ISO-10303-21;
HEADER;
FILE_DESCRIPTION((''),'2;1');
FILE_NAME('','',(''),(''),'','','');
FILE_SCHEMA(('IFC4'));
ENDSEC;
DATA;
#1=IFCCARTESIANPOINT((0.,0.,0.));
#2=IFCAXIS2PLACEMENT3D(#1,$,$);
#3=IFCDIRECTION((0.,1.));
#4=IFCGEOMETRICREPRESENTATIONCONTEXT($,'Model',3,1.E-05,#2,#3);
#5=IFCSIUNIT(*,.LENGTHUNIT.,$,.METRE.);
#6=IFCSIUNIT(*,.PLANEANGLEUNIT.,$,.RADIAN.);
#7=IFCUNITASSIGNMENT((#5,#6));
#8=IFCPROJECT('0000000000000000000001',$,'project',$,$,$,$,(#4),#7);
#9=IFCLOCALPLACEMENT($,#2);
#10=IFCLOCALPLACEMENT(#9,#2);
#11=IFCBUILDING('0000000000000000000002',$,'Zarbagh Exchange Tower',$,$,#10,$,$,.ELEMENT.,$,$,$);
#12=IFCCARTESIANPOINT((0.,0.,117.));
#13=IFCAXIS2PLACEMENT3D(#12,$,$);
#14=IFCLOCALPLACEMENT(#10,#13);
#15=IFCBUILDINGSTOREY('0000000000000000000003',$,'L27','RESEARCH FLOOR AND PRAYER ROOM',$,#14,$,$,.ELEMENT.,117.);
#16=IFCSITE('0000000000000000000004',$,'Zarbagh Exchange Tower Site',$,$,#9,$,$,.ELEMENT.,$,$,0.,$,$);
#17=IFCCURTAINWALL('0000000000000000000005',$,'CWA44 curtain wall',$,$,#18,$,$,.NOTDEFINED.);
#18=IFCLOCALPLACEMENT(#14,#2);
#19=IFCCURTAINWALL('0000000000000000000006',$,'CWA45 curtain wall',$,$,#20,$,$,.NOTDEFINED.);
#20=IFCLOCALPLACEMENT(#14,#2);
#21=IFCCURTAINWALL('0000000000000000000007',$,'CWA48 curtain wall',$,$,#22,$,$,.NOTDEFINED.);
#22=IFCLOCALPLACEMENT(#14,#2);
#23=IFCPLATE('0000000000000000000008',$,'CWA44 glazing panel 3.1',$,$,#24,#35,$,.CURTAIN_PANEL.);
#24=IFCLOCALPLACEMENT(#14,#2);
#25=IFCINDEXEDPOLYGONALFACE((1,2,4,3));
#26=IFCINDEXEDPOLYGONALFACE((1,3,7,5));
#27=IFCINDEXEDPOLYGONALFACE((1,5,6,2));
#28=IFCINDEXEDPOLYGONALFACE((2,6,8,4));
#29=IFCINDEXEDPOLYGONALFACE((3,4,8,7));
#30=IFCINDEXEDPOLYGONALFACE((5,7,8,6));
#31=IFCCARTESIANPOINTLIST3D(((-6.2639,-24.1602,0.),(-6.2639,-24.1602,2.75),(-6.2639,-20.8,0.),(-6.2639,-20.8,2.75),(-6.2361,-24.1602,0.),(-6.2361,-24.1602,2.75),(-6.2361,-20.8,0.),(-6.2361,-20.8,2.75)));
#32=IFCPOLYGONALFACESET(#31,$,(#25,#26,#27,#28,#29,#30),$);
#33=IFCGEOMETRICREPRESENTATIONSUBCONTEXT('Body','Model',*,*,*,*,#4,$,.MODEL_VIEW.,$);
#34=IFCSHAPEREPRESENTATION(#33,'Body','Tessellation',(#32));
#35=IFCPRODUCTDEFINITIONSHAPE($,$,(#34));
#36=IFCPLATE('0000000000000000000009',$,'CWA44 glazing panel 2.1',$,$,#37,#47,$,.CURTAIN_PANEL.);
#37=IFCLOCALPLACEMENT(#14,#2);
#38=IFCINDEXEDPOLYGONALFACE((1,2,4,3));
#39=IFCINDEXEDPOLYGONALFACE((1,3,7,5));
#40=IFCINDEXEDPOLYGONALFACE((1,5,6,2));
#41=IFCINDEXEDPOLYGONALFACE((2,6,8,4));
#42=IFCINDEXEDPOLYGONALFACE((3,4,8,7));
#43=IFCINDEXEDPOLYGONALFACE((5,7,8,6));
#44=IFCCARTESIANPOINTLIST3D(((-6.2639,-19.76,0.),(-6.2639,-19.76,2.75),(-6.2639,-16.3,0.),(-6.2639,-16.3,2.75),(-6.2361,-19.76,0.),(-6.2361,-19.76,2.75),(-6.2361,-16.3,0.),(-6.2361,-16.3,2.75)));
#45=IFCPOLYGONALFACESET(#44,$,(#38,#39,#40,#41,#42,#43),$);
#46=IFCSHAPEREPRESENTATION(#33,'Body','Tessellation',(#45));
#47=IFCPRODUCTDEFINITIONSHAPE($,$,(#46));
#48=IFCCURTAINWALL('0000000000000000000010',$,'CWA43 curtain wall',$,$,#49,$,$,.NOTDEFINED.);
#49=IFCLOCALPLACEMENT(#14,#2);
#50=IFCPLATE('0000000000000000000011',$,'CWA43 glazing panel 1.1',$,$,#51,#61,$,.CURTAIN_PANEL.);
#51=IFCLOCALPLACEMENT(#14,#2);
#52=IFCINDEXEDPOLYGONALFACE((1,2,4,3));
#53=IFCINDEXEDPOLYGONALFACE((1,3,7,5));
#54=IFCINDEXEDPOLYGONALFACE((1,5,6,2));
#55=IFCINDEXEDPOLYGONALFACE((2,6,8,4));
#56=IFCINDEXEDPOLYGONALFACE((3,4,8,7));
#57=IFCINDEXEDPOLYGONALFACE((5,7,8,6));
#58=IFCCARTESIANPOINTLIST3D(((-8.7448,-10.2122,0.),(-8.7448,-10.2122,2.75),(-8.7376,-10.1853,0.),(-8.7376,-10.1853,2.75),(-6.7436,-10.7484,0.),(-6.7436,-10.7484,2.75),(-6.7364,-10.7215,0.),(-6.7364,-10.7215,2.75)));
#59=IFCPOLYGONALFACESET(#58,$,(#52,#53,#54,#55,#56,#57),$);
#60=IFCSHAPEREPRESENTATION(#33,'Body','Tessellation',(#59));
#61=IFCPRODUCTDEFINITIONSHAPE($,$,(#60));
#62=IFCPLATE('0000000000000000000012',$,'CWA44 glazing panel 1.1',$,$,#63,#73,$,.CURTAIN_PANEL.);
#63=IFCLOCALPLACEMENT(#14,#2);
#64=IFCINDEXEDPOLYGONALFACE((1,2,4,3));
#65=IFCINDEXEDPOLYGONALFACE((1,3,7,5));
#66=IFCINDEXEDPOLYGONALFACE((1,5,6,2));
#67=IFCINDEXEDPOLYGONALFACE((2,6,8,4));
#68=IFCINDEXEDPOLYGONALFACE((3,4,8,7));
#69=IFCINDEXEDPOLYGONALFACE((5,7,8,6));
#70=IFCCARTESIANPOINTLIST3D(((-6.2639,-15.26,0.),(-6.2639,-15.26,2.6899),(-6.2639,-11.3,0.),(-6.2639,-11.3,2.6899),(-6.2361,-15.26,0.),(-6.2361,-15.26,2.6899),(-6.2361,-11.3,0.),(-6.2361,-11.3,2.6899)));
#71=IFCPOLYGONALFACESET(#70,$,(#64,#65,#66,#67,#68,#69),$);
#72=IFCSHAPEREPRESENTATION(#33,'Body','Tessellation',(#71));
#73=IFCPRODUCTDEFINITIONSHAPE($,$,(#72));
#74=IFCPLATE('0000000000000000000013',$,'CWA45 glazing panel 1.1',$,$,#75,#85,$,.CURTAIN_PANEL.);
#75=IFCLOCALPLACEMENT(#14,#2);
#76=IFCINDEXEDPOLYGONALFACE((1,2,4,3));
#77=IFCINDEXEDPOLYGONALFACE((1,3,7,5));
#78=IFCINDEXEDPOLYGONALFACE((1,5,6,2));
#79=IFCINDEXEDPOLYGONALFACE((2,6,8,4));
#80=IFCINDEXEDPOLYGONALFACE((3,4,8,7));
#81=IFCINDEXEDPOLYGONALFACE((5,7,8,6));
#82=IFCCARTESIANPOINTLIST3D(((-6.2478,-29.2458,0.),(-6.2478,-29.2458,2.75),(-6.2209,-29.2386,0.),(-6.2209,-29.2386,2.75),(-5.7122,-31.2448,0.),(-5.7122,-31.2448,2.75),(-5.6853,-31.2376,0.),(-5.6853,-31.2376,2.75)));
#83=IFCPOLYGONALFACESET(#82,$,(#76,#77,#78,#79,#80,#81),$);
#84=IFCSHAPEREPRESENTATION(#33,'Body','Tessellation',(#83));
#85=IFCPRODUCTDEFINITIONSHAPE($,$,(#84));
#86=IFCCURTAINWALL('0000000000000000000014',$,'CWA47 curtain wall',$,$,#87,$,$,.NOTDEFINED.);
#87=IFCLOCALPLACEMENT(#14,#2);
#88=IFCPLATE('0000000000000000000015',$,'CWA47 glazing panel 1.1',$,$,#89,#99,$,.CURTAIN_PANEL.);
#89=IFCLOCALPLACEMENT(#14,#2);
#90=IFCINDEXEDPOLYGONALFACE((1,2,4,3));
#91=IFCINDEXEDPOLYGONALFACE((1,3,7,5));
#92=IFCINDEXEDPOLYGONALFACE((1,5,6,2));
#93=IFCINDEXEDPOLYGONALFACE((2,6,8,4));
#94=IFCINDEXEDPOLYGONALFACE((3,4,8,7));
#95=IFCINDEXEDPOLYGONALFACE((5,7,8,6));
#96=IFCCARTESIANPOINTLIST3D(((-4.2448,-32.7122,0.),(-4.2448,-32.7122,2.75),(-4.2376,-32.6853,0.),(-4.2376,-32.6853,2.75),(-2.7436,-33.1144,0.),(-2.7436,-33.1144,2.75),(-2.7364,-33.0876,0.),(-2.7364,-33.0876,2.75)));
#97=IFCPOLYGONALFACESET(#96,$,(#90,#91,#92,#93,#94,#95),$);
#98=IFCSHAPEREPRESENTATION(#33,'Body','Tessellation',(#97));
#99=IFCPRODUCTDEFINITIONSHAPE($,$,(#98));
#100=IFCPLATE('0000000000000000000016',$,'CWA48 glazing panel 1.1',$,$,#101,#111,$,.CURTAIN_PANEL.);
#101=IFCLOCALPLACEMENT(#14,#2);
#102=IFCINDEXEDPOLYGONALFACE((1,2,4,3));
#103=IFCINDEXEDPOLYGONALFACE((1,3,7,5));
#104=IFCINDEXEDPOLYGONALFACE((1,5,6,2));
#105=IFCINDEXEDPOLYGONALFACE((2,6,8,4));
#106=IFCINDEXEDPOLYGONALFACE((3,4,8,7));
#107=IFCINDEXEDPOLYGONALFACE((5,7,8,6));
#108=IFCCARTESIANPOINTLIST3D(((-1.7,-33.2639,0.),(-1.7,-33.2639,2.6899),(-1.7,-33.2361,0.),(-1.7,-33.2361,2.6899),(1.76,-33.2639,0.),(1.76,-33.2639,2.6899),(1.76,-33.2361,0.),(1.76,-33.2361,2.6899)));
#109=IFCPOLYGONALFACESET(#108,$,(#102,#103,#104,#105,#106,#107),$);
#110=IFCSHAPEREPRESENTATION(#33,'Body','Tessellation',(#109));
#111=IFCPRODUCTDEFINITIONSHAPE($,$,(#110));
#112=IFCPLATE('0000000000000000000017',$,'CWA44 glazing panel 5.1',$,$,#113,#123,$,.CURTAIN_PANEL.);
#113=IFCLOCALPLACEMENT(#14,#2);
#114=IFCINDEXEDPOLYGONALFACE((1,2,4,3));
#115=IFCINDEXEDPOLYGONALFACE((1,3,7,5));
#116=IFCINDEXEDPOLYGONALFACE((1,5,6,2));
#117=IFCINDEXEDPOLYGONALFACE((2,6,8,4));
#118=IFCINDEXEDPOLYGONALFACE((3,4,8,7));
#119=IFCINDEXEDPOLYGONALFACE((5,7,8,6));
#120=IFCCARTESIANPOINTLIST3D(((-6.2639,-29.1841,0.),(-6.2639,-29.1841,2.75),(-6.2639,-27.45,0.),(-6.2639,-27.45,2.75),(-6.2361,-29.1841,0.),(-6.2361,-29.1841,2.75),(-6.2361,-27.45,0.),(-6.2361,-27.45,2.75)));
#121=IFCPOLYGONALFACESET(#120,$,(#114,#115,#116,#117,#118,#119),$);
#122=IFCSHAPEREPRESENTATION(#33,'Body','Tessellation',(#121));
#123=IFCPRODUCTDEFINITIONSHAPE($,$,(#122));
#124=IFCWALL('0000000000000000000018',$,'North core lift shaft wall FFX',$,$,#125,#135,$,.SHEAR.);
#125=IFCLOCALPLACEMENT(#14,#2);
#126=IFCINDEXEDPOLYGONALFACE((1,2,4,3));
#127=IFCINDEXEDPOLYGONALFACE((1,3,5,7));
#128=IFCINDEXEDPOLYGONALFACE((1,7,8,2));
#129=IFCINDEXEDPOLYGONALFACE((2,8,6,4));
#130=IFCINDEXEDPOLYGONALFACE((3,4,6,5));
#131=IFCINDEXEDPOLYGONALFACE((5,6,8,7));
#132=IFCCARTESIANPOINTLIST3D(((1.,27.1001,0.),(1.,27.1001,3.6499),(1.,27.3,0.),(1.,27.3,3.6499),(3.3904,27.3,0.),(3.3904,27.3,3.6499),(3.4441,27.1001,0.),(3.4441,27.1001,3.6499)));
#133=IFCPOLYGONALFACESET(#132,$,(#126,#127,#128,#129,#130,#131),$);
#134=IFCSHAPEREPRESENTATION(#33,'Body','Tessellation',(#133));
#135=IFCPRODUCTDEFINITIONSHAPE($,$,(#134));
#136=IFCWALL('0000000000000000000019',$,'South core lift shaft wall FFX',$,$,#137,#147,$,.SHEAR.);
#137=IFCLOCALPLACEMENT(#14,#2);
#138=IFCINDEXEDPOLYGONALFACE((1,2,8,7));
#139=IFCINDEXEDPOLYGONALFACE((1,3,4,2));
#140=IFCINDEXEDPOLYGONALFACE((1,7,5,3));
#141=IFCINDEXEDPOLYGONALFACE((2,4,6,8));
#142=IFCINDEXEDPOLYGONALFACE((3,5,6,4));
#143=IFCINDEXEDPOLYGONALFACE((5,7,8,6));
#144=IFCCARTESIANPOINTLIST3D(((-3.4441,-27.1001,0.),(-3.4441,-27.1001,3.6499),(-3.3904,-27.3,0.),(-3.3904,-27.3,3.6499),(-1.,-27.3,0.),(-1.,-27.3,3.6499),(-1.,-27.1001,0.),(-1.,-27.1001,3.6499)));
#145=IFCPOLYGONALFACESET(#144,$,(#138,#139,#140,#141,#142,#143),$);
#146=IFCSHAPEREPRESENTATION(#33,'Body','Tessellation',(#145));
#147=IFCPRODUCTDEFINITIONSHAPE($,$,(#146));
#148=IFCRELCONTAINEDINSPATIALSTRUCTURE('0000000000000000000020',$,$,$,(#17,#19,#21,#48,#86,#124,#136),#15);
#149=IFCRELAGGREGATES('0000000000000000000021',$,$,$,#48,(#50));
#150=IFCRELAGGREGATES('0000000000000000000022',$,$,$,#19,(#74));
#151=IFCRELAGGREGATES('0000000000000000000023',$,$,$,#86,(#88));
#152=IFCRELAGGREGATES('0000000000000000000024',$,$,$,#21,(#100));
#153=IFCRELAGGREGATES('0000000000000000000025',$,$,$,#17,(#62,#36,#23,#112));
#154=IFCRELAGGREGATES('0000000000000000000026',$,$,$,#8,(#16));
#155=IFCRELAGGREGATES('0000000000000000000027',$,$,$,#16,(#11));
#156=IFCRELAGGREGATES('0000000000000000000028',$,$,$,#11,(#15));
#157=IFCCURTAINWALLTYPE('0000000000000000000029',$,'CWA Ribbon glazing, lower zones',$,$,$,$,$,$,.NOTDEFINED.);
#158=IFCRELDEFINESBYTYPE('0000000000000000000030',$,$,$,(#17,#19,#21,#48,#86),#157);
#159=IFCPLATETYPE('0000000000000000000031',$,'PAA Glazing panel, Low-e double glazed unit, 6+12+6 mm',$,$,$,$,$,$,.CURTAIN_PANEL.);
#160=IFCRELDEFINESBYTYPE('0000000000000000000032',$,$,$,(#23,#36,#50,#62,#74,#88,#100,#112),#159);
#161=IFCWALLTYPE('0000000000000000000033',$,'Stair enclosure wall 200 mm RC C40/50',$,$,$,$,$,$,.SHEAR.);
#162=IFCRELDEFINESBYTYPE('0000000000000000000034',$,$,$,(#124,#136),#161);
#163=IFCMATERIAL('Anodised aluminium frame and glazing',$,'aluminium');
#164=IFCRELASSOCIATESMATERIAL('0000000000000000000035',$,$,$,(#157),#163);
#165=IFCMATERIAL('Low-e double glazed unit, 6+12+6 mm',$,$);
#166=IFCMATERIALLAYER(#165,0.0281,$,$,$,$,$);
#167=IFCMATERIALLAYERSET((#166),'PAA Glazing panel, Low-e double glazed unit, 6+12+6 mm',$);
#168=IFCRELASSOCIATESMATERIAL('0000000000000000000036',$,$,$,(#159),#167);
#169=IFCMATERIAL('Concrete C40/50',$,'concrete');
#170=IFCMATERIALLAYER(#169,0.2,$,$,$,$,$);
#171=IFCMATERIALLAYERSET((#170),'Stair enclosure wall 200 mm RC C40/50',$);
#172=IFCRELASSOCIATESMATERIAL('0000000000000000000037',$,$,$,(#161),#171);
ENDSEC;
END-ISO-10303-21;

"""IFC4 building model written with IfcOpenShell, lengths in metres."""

from ifc_helpers import new_model, si_unit, direction, frame, origin, place, context, subcontext, project, spatial, polyline, outline, extrude, source, transform, mapped, material, layer, layer_set, type_object, element, aggregate, save


model = new_model("IFC4")

# Units and contexts
model_context = context("Model", 3, precision=1e-05, world=origin(), true_north=direction((0.0, 1.0)))
body_context = subcontext(model_context, "Body", "Model", "MODEL_VIEW")
ifc_project = project(units=[si_unit("LENGTHUNIT", "METRE"), si_unit("PLANEANGLEUNIT", "RADIAN")], contexts=[model_context])

# Site, building, storey
site_placement = place(None, origin())
site = spatial("IfcSite", under=ifc_project, at=site_placement, Name="Zarbagh Exchange Tower Site", CompositionType="ELEMENT", RefElevation=0.0)
building_placement = place(site_placement, origin())
building = spatial("IfcBuilding", under=site, at=building_placement, Name="Zarbagh Exchange Tower", CompositionType="ELEMENT")
storey_placement = place(building_placement, frame((0.0, 0.0, 117.0)))
storey = spatial("IfcBuildingStorey", under=building, at=storey_placement, Name="L27", Description="RESEARCH FLOOR AND PRAYER ROOM", CompositionType="ELEMENT", Elevation=117.0)

# Curtain wall
ifc_material_1 = material(Name="Anodised aluminium frame and glazing", Category="aluminium")
curtain_wall_type = type_object("IfcCurtainWallType", Name="CWA Ribbon glazing, lower zones", PredefinedType="NOTDEFINED", material=ifc_material_1)
curtain_wall_1_placement = place(storey_placement, origin())
curtain_wall_1 = element("IfcCurtainWall", 1, at=curtain_wall_1_placement, inside=storey, type_object=curtain_wall_type, Name="CWA44 curtain wall", PredefinedType="NOTDEFINED")
placement = place(storey_placement, origin())

# Curtain walls
curtain_wall_2_placement = place(storey_placement, origin())
curtain_wall_2 = element("IfcCurtainWall", 2, at=curtain_wall_2_placement, inside=storey, type_object=curtain_wall_type, Name="CWA45 curtain wall", PredefinedType="NOTDEFINED")
curtain_wall_3_placement = place(storey_placement, origin())
curtain_wall_3 = element("IfcCurtainWall", 3, at=curtain_wall_3_placement, inside=storey, type_object=curtain_wall_type, Name="CWA48 curtain wall", PredefinedType="NOTDEFINED")

# Shared definitions
ifc_material_2 = material(Name="Concrete C40/50", Category="concrete")

# Shared definitions
ifc_material_3 = material(Name="Low-e double glazed unit, 6+12+6 mm")
ifc_layer_1 = layer(ifc_material_3, 0.0281)
ifc_layer_set_1 = layer_set([ifc_layer_1], Name="PAA Glazing panel, Low-e double glazed unit, 6+12+6 mm")
plate_type = type_object("IfcPlateType", Name="PAA Glazing panel, Low-e double glazed unit, 6+12+6 mm", PredefinedType="CURTAIN_PANEL", material=ifc_layer_set_1)

# Plates
shared_shape_1 = source(origin(), body_context, "Body", "SweptSolid", [
    extrude(outline(polyline([(0.0, -0.0139), (3.3601, -0.0139), (3.3601, 0.0139), (0.0, 0.0139), (0.0, -0.0139)])), origin(), (0.0, 0.0, 1.0), 2.75),
])
plate_1 = element("IfcPlate", 4, at=placement, type_object=plate_type, Name="CWA44 glazing panel 3.1", PredefinedType="CURTAIN_PANEL", context=body_context, shape_type="MappedRepresentation", body=[
    mapped(shared_shape_1, transform((-6.25, -20.8, 0.0), x_axis=(0.0, -1.0, 0.0), y_axis=(1.0, 0.0, 0.0), z_axis=(0.0, 0.0, 1.0))),
])
shared_shape_2 = source(origin(), body_context, "Body", "SweptSolid", [
    extrude(outline(polyline([(0.0, -0.0139), (3.46, -0.0139), (3.46, 0.0139), (0.0, 0.0139), (0.0, -0.0139)])), origin(), (0.0, 0.0, 1.0), 2.75),
])
plate_2 = element("IfcPlate", 5, at=placement, type_object=plate_type, Name="CWA44 glazing panel 2.1", PredefinedType="CURTAIN_PANEL", context=body_context, shape_type="MappedRepresentation", body=[
    mapped(shared_shape_2, transform((-6.25, -16.3, 0.0), x_axis=(0.0, -1.0, 0.0), y_axis=(1.0, 0.0, 0.0), z_axis=(0.0, 0.0, 1.0))),
])

# Curtain wall, plate
curtain_wall_4_placement = place(storey_placement, origin())
curtain_wall_4 = element("IfcCurtainWall", 6, at=curtain_wall_4_placement, inside=storey, type_object=curtain_wall_type, Name="CWA43 curtain wall", PredefinedType="NOTDEFINED")
shared_shape_3 = source(origin(), body_context, "Body", "SweptSolid", [
    extrude(outline(polyline([(0.0, -0.0139), (2.0718, -0.0139), (2.0718, 0.0139), (0.0, 0.0139), (0.0, -0.0139)])), origin(), (0.0, 0.0, 1.0), 2.75),
])
plate_3 = element("IfcPlate", 7, at=placement, type_object=plate_type, Name="CWA43 glazing panel 1.1", PredefinedType="CURTAIN_PANEL", context=body_context, shape_type="MappedRepresentation", body=[
    mapped(shared_shape_3, transform((-8.7412, -10.1987, 0.0), x_axis=(0.965924, -0.258825, 0.0), y_axis=(0.258825, 0.965924, 0.0), z_axis=(0.0, 0.0, 1.0))),
])
aggregate(curtain_wall_4, [plate_3])

# Plates
shared_shape_4 = source(origin(), body_context, "Body", "SweptSolid", [
    extrude(outline(polyline([(0.0, -0.0139), (3.96, -0.0139), (3.96, 0.0139), (0.0, 0.0139), (0.0, -0.0139)])), origin(), (0.0, 0.0, 1.0), 2.6899),
])
plate_4 = element("IfcPlate", 8, at=placement, type_object=plate_type, Name="CWA44 glazing panel 1.1", PredefinedType="CURTAIN_PANEL", context=body_context, shape_type="MappedRepresentation", body=[
    mapped(shared_shape_4, transform((-6.25, -11.3, 0.0), x_axis=(0.0, -1.0, 0.0), y_axis=(1.0, 0.0, 0.0), z_axis=(0.0, 0.0, 1.0))),
])
shared_shape_5 = source(origin(), body_context, "Body", "SweptSolid", [
    extrude(outline(polyline([(0.0, -0.0139), (2.0696, -0.0139), (2.0696, 0.0139), (0.0, 0.0139), (0.0, -0.0139)])), origin(), (0.0, 0.0, 1.0), 2.75),
])
plate_5 = element("IfcPlate", 9, at=placement, type_object=plate_type, Name="CWA45 glazing panel 1.1", PredefinedType="CURTAIN_PANEL", context=body_context, shape_type="MappedRepresentation", body=[
    mapped(shared_shape_5, transform((-6.2344, -29.2422, 0.0), x_axis=(0.258825, -0.965924, 0.0), y_axis=(0.965924, 0.258825, 0.0), z_axis=(0.0, 0.0, 1.0))),
])
aggregate(curtain_wall_2, [plate_5])

# Curtain wall, plate
curtain_wall_5_placement = place(storey_placement, origin())
curtain_wall_5 = element("IfcCurtainWall", 10, at=curtain_wall_5_placement, inside=storey, type_object=curtain_wall_type, Name="CWA47 curtain wall", PredefinedType="NOTDEFINED")
shared_shape_6 = source(origin(), body_context, "Body", "SweptSolid", [
    extrude(outline(polyline([(0.0, -0.0139), (1.5542, -0.0139), (1.5542, 0.0139), (0.0, 0.0139), (0.0, -0.0139)])), origin(), (0.0, 0.0, 1.0), 2.75),
])
plate_6 = element("IfcPlate", 11, at=placement, type_object=plate_type, Name="CWA47 glazing panel 1.1", PredefinedType="CURTAIN_PANEL", context=body_context, shape_type="MappedRepresentation", body=[
    mapped(shared_shape_6, transform((-4.2412, -32.6987, 0.0), x_axis=(0.965924, -0.258825, 0.0), y_axis=(0.258825, 0.965924, 0.0), z_axis=(0.0, 0.0, 1.0))),
])
aggregate(curtain_wall_5, [plate_6])

# Plates
shared_shape_7 = source(origin(), body_context, "Body", "SweptSolid", [
    extrude(outline(polyline([(0.0, -0.0139), (3.46, -0.0139), (3.46, 0.0139), (0.0, 0.0139), (0.0, -0.0139)])), origin(), (0.0, 0.0, 1.0), 2.6899),
])
plate_7 = element("IfcPlate", 12, at=placement, type_object=plate_type, Name="CWA48 glazing panel 1.1", PredefinedType="CURTAIN_PANEL", context=body_context, shape_type="MappedRepresentation", body=[
    mapped(shared_shape_7, transform((-1.7, -33.25, 0.0), x_axis=(1.0, 0.0, 0.0), y_axis=(0.0, 1.0, 0.0), z_axis=(0.0, 0.0, 1.0))),
])
aggregate(curtain_wall_3, [plate_7])
shared_shape_8 = source(origin(), body_context, "Body", "SweptSolid", [
    extrude(outline(polyline([(0.0, -0.0139), (1.7341, -0.0139), (1.7341, 0.0139), (0.0, 0.0139), (0.0, -0.0139)])), origin(), (0.0, 0.0, 1.0), 2.75),
])
plate_8 = element("IfcPlate", 13, at=placement, type_object=plate_type, Name="CWA44 glazing panel 5.1", PredefinedType="CURTAIN_PANEL", context=body_context, shape_type="MappedRepresentation", body=[
    mapped(shared_shape_8, transform((-6.25, -27.45, 0.0), x_axis=(0.0, -1.0, 0.0), y_axis=(1.0, 0.0, 0.0), z_axis=(0.0, 0.0, 1.0))),
])
aggregate(curtain_wall_1, [plate_4, plate_2, plate_1, plate_8])

# Walls
ifc_layer_2 = layer(ifc_material_2, 0.2)
ifc_layer_set_2 = layer_set([ifc_layer_2], Name="Stair enclosure wall 200 mm RC C40/50")
wall_type = type_object("IfcWallType", Name="Stair enclosure wall 200 mm RC C40/50", PredefinedType="SHEAR", material=ifc_layer_set_2)
wall_1_placement = place(storey_placement, origin())
element("IfcWall", 14, at=wall_1_placement, inside=storey, type_object=wall_type, Name="North core lift shaft wall FFX", PredefinedType="SHEAR", context=body_context, shape_type="SweptSolid", body=[
    extrude(outline(polyline([(1.0, 27.1001), (3.4441, 27.1001), (3.3904, 27.3), (1.0, 27.3), (1.0, 27.1001)])), origin(), (0.0, 0.0, 1.0), 3.6499),
])
wall_2_placement = place(storey_placement, origin())
element("IfcWall", 15, at=wall_2_placement, inside=storey, type_object=wall_type, Name="South core lift shaft wall FFX", PredefinedType="SHEAR", context=body_context, shape_type="SweptSolid", body=[
    extrude(outline(polyline([(-1.0, -27.1001), (-3.4441, -27.1001), (-3.3904, -27.3), (-1.0, -27.3), (-1.0, -27.1001)])), origin(), (0.0, 0.0, 1.0), 3.6499),
])

save(model, "model.ifc")
